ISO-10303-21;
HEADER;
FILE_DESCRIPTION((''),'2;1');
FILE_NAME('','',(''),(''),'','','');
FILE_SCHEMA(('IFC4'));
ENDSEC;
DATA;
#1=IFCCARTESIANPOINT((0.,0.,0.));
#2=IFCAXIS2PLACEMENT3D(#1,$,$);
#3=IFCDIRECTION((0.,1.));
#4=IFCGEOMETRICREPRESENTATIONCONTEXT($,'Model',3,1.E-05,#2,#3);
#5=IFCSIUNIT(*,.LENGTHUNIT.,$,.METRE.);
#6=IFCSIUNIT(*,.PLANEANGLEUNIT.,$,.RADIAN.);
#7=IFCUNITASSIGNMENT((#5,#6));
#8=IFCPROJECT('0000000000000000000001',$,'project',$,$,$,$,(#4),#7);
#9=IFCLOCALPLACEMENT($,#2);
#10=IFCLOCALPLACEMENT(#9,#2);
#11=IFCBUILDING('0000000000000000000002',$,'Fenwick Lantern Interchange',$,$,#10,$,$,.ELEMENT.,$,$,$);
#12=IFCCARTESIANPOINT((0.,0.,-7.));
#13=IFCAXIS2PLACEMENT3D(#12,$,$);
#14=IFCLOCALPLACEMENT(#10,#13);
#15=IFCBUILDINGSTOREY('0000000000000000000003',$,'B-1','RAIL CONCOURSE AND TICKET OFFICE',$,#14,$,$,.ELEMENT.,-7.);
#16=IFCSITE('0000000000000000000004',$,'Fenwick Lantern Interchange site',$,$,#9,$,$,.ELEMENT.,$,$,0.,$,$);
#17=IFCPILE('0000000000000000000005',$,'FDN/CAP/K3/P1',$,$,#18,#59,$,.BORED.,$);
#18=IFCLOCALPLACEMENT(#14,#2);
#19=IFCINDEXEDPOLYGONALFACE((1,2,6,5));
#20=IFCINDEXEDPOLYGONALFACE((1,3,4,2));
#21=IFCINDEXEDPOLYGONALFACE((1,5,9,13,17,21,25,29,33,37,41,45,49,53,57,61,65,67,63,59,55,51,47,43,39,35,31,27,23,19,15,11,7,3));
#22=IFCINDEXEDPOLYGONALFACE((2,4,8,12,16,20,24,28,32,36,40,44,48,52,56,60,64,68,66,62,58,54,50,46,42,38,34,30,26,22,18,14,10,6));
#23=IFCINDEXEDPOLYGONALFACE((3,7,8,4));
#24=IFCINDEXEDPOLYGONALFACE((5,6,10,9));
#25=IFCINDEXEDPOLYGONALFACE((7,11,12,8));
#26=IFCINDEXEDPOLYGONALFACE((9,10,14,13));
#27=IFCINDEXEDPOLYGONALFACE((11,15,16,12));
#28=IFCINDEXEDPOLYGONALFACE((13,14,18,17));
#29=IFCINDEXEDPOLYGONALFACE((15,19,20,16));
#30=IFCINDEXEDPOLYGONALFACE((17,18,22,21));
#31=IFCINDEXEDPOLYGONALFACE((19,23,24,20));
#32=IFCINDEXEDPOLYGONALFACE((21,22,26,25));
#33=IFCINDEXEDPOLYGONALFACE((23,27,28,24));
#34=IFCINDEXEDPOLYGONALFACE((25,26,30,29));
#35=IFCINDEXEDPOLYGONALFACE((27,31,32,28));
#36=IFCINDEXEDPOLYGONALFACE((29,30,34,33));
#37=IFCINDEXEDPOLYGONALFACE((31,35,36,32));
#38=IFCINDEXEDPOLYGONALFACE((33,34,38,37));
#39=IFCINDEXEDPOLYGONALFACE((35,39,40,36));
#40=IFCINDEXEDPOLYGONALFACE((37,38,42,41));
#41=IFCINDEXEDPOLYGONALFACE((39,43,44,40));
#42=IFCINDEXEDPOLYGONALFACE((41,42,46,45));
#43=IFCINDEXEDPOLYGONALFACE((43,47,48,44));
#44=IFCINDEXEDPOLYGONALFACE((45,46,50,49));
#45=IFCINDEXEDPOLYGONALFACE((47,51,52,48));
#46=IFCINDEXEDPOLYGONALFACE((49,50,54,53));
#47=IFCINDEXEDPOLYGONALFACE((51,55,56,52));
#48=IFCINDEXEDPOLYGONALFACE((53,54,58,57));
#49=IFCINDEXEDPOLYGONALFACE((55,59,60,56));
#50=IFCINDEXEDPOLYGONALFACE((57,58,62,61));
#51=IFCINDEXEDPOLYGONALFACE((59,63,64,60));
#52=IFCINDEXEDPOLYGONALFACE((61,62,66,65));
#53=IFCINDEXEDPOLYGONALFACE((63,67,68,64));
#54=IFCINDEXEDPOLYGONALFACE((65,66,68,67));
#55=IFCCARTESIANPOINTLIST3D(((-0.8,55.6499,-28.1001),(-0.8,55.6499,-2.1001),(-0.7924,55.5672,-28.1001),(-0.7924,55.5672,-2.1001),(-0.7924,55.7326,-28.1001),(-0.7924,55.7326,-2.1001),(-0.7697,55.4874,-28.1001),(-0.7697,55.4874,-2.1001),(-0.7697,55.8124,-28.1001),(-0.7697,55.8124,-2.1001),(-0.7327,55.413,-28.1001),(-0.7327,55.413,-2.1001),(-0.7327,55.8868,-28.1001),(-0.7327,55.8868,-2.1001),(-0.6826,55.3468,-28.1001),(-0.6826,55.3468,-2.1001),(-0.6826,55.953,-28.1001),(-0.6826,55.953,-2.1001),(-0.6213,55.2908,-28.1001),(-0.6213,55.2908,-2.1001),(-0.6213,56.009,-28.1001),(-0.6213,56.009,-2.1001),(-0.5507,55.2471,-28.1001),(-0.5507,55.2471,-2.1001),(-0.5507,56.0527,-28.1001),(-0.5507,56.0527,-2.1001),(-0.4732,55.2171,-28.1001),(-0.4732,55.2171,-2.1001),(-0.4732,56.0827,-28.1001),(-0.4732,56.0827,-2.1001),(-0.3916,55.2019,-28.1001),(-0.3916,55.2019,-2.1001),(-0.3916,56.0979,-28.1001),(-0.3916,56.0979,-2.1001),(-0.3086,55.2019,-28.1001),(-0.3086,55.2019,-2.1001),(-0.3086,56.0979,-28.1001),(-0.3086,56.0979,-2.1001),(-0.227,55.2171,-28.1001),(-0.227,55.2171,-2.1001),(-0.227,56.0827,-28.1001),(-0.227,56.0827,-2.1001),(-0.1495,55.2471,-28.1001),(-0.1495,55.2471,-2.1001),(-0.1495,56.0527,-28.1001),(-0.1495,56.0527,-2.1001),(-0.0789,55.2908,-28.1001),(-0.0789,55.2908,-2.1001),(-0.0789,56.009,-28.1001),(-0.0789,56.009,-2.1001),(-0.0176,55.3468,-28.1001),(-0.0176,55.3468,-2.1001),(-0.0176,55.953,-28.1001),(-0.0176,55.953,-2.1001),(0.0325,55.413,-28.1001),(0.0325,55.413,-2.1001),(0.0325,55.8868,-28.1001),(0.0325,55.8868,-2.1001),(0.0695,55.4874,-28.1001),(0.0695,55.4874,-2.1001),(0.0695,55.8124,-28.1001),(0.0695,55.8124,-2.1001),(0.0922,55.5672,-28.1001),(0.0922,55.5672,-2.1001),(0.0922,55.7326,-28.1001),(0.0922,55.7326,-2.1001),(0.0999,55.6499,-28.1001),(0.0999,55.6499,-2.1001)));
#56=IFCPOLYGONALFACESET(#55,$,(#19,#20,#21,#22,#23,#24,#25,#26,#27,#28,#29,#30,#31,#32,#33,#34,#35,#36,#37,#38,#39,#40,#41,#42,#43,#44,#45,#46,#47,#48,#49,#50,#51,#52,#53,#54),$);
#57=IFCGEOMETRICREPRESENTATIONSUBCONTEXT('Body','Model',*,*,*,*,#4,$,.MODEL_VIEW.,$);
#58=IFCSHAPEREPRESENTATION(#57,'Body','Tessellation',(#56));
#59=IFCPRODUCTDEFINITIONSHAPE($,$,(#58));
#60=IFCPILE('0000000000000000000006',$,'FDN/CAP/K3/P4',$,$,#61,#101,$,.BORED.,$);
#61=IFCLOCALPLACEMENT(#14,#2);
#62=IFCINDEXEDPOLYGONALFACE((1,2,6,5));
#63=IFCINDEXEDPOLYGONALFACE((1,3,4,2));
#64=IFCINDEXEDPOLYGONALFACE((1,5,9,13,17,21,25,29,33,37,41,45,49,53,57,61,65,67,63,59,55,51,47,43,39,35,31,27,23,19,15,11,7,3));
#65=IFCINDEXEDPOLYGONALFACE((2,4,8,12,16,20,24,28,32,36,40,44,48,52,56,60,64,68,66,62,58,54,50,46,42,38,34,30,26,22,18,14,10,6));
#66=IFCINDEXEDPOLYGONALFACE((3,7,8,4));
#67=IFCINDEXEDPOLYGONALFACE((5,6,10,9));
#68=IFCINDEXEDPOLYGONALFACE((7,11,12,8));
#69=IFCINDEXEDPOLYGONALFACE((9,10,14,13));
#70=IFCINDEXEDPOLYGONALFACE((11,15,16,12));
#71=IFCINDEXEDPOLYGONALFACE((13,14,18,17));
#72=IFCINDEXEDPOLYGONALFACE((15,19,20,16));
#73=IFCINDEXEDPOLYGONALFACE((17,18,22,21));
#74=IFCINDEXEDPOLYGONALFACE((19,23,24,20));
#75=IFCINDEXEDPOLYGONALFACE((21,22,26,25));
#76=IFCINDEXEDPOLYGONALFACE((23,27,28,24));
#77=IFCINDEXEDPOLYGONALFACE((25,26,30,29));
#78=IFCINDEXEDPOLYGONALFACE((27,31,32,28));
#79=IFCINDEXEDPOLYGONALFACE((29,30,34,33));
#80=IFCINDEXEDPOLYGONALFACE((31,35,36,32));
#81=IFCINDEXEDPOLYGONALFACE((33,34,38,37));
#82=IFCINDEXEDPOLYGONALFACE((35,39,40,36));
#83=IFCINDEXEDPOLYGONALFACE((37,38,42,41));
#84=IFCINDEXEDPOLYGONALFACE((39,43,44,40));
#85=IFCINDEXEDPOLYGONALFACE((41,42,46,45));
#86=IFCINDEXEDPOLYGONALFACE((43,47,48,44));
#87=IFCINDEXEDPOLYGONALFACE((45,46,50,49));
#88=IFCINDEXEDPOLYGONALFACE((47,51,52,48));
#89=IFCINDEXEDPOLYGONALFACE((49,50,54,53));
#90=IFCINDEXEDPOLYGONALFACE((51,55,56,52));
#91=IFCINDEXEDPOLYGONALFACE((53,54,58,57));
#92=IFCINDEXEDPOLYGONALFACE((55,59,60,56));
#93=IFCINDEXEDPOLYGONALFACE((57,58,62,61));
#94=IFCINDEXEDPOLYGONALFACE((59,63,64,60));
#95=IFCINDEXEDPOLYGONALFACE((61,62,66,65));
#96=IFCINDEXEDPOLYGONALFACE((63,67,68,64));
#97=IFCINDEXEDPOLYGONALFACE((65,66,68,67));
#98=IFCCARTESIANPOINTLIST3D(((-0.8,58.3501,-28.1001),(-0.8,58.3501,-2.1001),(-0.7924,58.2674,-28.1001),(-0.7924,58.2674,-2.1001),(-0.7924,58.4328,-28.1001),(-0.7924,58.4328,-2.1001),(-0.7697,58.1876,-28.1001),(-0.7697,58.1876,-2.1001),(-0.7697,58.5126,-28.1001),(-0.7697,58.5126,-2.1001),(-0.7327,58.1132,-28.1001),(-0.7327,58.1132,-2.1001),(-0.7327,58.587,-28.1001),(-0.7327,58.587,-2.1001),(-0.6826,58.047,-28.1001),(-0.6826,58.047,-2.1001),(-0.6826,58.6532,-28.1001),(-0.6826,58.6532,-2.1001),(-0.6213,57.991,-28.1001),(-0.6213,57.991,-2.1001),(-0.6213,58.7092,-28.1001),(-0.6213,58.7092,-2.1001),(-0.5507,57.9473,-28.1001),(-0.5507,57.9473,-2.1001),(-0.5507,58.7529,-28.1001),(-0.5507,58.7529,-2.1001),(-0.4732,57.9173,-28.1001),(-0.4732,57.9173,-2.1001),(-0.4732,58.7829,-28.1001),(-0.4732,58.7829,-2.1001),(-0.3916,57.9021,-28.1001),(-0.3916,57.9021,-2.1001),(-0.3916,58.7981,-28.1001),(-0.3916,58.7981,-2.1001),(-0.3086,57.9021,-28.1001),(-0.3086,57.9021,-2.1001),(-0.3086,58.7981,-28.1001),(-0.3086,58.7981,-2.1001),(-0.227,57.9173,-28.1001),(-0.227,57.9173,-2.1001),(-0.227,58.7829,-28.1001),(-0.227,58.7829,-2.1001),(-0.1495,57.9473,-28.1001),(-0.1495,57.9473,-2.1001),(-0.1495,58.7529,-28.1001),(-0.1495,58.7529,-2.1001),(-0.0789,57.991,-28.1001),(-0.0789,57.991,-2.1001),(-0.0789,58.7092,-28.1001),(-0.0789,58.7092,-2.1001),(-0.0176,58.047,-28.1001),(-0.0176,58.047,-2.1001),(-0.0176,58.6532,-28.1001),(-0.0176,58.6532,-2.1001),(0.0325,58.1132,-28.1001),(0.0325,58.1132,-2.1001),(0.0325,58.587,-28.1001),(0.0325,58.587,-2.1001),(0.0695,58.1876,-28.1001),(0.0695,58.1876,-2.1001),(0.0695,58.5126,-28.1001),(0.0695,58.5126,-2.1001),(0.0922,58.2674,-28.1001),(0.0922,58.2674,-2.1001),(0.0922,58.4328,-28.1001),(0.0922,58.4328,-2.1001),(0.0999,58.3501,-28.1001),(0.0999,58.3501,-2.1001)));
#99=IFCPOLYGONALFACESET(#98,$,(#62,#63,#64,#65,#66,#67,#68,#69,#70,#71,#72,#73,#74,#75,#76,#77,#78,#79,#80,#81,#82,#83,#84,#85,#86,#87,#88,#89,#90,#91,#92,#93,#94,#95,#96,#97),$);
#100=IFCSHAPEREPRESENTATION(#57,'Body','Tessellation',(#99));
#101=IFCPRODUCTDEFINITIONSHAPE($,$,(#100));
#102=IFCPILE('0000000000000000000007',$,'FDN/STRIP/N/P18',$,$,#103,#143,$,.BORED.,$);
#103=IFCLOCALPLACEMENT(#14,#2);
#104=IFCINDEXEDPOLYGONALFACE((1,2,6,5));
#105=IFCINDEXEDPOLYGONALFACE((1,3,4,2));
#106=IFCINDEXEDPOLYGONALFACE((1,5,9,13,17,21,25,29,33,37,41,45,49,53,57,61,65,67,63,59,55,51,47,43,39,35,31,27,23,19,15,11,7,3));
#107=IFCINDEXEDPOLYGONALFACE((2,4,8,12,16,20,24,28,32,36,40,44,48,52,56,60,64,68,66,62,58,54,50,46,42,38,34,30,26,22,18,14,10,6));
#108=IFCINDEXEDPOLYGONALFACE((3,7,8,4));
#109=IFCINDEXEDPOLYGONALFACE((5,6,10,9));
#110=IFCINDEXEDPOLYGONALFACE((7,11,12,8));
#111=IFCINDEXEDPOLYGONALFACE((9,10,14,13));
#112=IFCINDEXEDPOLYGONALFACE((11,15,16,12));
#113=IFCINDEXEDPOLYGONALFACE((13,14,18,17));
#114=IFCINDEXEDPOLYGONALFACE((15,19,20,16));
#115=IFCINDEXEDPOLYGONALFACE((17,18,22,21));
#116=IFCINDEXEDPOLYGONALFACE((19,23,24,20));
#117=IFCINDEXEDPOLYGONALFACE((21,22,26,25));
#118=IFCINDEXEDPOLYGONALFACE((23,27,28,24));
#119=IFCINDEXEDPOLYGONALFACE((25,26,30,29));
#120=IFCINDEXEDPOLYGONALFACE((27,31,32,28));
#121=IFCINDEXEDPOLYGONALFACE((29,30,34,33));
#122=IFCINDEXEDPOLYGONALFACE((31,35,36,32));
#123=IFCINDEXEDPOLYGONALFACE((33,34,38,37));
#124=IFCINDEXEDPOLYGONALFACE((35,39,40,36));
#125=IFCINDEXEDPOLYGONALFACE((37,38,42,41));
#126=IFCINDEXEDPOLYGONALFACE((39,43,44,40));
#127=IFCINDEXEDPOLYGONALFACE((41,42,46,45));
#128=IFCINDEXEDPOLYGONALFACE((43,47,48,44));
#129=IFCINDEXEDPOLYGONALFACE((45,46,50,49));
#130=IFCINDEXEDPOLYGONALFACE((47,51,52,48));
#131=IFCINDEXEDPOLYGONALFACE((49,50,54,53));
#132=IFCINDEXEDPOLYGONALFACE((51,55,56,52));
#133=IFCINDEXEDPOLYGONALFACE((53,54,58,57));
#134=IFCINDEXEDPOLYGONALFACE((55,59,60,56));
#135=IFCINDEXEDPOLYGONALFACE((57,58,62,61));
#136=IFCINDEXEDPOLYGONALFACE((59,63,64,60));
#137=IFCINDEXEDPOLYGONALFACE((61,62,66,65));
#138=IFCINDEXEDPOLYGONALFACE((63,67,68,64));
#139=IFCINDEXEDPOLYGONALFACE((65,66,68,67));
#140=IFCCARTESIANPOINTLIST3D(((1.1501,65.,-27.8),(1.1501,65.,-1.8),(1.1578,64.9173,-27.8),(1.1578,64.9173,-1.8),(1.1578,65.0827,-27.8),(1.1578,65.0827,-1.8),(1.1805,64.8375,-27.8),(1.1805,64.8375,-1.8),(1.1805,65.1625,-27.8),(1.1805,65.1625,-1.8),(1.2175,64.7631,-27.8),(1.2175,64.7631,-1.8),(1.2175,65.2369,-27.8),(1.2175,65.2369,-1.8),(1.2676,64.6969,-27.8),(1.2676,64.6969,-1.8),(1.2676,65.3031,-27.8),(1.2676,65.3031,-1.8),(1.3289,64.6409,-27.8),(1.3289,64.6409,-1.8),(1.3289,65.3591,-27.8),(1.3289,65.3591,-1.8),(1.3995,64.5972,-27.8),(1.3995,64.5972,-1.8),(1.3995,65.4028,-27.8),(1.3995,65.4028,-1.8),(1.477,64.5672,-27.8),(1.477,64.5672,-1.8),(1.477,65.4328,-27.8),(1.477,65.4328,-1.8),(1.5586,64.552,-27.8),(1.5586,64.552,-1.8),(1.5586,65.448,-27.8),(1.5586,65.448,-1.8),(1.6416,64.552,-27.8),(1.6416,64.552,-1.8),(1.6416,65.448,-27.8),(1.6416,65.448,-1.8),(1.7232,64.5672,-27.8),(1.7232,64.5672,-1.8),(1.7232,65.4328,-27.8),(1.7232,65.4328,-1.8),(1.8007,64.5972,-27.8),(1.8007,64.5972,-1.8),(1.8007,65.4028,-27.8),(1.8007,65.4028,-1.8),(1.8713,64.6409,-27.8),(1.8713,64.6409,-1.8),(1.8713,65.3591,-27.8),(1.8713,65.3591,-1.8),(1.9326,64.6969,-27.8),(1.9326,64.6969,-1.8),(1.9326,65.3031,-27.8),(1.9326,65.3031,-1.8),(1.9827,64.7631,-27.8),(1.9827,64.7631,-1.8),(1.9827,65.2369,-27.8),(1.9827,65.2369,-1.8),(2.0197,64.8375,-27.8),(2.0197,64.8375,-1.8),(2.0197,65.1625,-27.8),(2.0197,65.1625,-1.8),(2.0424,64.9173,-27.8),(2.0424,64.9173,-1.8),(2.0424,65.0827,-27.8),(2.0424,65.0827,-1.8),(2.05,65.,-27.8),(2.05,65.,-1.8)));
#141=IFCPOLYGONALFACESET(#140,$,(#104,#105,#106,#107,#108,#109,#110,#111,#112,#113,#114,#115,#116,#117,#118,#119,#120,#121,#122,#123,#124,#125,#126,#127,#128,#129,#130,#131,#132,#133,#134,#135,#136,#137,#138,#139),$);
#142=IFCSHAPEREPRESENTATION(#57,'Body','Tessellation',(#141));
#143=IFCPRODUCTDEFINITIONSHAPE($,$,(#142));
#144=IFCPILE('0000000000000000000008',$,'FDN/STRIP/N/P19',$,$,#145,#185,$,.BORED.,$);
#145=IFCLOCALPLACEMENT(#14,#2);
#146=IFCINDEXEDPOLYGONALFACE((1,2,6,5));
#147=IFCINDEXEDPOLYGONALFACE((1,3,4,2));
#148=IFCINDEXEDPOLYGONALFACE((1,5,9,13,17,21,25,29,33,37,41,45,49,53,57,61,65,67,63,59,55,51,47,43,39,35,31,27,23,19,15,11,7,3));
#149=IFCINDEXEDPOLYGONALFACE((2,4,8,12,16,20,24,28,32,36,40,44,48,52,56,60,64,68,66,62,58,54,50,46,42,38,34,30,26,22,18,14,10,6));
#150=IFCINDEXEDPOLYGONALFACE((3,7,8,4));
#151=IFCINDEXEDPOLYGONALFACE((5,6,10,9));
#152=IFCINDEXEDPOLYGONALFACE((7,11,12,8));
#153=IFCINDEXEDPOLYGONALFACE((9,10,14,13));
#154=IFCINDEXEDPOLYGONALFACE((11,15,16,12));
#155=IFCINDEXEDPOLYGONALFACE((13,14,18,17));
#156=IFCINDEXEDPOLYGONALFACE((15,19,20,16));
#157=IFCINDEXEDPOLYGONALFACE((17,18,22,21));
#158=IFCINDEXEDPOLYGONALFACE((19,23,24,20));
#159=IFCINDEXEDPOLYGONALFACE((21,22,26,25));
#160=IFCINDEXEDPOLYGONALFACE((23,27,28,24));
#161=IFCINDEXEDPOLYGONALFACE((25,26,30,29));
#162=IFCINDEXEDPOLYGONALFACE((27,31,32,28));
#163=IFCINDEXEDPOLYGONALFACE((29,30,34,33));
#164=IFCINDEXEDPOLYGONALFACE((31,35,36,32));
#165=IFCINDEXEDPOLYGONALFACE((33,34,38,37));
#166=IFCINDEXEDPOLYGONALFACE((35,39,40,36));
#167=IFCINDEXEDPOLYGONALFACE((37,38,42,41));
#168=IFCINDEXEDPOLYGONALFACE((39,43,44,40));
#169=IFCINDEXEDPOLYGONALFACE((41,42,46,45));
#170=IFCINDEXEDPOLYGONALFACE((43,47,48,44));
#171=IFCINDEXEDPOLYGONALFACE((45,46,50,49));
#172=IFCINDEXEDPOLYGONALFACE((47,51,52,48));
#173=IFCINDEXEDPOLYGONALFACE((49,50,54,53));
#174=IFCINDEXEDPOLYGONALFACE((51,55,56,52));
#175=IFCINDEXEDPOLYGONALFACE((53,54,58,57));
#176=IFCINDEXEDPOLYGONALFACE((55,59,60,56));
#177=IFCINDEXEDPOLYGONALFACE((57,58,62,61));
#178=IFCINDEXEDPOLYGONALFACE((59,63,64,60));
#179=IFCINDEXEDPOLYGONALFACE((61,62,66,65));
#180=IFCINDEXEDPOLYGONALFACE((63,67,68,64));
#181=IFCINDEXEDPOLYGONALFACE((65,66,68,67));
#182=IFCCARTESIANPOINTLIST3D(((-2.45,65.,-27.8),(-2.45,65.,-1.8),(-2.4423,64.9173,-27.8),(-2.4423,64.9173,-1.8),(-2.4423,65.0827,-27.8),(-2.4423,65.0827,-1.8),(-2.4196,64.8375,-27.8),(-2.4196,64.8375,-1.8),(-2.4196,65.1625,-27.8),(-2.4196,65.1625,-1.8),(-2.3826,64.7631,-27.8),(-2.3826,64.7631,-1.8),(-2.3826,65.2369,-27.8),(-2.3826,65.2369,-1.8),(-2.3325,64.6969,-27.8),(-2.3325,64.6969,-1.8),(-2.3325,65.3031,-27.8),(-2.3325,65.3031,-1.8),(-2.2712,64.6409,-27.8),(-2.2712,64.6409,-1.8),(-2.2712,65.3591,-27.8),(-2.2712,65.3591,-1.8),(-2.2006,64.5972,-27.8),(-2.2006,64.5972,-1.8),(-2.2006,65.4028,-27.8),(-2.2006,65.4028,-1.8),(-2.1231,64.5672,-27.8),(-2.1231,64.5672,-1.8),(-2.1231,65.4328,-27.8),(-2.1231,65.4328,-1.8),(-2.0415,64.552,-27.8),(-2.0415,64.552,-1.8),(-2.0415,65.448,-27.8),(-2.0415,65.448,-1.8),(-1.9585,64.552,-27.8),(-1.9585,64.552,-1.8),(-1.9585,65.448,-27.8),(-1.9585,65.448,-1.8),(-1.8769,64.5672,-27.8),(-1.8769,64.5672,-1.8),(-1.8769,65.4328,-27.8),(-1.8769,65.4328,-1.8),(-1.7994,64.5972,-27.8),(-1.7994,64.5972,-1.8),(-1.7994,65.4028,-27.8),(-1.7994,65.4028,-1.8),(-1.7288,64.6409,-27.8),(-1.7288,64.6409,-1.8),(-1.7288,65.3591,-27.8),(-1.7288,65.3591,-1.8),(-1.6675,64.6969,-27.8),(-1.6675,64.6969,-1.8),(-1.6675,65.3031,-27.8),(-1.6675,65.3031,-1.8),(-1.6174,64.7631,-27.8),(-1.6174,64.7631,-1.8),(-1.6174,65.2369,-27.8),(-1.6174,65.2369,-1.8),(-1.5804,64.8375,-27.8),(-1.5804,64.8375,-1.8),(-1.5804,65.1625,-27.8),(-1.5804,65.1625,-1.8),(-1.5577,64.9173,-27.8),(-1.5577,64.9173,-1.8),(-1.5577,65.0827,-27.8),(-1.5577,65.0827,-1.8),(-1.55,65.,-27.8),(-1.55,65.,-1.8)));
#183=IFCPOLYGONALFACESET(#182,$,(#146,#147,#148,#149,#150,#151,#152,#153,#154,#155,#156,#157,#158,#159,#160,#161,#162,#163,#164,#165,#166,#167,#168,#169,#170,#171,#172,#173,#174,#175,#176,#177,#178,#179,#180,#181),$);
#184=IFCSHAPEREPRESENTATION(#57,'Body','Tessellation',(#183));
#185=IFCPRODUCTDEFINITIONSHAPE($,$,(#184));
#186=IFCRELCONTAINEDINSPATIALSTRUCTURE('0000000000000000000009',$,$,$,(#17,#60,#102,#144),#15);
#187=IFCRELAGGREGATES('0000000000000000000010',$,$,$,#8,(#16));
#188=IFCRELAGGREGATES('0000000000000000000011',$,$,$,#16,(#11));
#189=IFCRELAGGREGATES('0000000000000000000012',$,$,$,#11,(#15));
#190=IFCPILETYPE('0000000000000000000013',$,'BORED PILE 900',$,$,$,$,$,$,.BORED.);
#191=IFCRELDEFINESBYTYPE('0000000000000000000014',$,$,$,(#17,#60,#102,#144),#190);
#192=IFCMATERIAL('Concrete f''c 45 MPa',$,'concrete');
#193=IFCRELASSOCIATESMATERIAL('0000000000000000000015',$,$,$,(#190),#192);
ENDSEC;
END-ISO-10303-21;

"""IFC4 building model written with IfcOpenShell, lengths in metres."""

from ifc_helpers import new_model, si_unit, direction, frame, origin, origin_2d, place, context, subcontext, project, spatial, circle, extrude, material, type_object, element, save


model = new_model("IFC4")

# Units and contexts
model_context = context("Model", 3, precision=1e-05, world=origin(), true_north=direction((0.0, 1.0)))
body_context = subcontext(model_context, "Body", "Model", "MODEL_VIEW")
ifc_project = project(units=[si_unit("LENGTHUNIT", "METRE"), si_unit("PLANEANGLEUNIT", "RADIAN")], contexts=[model_context])

# Site, building, storey
site_placement = place(None, origin())
site = spatial("IfcSite", under=ifc_project, at=site_placement, Name="Fenwick Lantern Interchange site", CompositionType="ELEMENT", RefElevation=0.0)
building_placement = place(site_placement, origin())
building = spatial("IfcBuilding", under=site, at=building_placement, Name="Fenwick Lantern Interchange", CompositionType="ELEMENT")
storey_placement = place(building_placement, frame((0.0, 0.0, -7.0)))
storey = spatial("IfcBuildingStorey", under=building, at=storey_placement, Name="B-1", Description="RAIL CONCOURSE AND TICKET OFFICE", CompositionType="ELEMENT", Elevation=-7.0)

# Piles
ifc_material_1 = material(Name="Concrete f'c 45 MPa", Category="concrete")
pile_type_1 = type_object("IfcPileType", Name="BORED PILE 900", PredefinedType="BORED", material=ifc_material_1)
for number, where, z_axis, x_axis, name in (
    (1, (-0.3501, 55.6499, -2.1001), (0.0, 0.0, -1.0), (1.0, 0.0, 0.0), "FDN/CAP/K3/P1"),
    (2, (-0.3501, 58.3501, -2.1001), (0.0, 0.0, -1.0), (1.0, 0.0, 0.0), "FDN/CAP/K3/P4"),
    (3, (1.6001, 65.0, -1.8), (0.0, 0.0, -1.0), (1.0, 0.0, 0.0), "FDN/STRIP/N/P18"),
    (4, (-2.0, 65.0, -1.8), (0.0, 0.0, -1.0), (1.0, 0.0, 0.0), "FDN/STRIP/N/P19"),
):
    element("IfcPile", number, at=place(storey_placement, frame(where, z_axis=z_axis, x_axis=x_axis)), inside=storey, type_object=pile_type_1, Name=name, PredefinedType="BORED", context=body_context, shape_type="SweptSolid", body=[
        extrude(circle(Radius=0.45, at=origin_2d()), origin(), (0.0, 0.0, 1.0), 26.0),
    ])

save(model, "model.ifc")
